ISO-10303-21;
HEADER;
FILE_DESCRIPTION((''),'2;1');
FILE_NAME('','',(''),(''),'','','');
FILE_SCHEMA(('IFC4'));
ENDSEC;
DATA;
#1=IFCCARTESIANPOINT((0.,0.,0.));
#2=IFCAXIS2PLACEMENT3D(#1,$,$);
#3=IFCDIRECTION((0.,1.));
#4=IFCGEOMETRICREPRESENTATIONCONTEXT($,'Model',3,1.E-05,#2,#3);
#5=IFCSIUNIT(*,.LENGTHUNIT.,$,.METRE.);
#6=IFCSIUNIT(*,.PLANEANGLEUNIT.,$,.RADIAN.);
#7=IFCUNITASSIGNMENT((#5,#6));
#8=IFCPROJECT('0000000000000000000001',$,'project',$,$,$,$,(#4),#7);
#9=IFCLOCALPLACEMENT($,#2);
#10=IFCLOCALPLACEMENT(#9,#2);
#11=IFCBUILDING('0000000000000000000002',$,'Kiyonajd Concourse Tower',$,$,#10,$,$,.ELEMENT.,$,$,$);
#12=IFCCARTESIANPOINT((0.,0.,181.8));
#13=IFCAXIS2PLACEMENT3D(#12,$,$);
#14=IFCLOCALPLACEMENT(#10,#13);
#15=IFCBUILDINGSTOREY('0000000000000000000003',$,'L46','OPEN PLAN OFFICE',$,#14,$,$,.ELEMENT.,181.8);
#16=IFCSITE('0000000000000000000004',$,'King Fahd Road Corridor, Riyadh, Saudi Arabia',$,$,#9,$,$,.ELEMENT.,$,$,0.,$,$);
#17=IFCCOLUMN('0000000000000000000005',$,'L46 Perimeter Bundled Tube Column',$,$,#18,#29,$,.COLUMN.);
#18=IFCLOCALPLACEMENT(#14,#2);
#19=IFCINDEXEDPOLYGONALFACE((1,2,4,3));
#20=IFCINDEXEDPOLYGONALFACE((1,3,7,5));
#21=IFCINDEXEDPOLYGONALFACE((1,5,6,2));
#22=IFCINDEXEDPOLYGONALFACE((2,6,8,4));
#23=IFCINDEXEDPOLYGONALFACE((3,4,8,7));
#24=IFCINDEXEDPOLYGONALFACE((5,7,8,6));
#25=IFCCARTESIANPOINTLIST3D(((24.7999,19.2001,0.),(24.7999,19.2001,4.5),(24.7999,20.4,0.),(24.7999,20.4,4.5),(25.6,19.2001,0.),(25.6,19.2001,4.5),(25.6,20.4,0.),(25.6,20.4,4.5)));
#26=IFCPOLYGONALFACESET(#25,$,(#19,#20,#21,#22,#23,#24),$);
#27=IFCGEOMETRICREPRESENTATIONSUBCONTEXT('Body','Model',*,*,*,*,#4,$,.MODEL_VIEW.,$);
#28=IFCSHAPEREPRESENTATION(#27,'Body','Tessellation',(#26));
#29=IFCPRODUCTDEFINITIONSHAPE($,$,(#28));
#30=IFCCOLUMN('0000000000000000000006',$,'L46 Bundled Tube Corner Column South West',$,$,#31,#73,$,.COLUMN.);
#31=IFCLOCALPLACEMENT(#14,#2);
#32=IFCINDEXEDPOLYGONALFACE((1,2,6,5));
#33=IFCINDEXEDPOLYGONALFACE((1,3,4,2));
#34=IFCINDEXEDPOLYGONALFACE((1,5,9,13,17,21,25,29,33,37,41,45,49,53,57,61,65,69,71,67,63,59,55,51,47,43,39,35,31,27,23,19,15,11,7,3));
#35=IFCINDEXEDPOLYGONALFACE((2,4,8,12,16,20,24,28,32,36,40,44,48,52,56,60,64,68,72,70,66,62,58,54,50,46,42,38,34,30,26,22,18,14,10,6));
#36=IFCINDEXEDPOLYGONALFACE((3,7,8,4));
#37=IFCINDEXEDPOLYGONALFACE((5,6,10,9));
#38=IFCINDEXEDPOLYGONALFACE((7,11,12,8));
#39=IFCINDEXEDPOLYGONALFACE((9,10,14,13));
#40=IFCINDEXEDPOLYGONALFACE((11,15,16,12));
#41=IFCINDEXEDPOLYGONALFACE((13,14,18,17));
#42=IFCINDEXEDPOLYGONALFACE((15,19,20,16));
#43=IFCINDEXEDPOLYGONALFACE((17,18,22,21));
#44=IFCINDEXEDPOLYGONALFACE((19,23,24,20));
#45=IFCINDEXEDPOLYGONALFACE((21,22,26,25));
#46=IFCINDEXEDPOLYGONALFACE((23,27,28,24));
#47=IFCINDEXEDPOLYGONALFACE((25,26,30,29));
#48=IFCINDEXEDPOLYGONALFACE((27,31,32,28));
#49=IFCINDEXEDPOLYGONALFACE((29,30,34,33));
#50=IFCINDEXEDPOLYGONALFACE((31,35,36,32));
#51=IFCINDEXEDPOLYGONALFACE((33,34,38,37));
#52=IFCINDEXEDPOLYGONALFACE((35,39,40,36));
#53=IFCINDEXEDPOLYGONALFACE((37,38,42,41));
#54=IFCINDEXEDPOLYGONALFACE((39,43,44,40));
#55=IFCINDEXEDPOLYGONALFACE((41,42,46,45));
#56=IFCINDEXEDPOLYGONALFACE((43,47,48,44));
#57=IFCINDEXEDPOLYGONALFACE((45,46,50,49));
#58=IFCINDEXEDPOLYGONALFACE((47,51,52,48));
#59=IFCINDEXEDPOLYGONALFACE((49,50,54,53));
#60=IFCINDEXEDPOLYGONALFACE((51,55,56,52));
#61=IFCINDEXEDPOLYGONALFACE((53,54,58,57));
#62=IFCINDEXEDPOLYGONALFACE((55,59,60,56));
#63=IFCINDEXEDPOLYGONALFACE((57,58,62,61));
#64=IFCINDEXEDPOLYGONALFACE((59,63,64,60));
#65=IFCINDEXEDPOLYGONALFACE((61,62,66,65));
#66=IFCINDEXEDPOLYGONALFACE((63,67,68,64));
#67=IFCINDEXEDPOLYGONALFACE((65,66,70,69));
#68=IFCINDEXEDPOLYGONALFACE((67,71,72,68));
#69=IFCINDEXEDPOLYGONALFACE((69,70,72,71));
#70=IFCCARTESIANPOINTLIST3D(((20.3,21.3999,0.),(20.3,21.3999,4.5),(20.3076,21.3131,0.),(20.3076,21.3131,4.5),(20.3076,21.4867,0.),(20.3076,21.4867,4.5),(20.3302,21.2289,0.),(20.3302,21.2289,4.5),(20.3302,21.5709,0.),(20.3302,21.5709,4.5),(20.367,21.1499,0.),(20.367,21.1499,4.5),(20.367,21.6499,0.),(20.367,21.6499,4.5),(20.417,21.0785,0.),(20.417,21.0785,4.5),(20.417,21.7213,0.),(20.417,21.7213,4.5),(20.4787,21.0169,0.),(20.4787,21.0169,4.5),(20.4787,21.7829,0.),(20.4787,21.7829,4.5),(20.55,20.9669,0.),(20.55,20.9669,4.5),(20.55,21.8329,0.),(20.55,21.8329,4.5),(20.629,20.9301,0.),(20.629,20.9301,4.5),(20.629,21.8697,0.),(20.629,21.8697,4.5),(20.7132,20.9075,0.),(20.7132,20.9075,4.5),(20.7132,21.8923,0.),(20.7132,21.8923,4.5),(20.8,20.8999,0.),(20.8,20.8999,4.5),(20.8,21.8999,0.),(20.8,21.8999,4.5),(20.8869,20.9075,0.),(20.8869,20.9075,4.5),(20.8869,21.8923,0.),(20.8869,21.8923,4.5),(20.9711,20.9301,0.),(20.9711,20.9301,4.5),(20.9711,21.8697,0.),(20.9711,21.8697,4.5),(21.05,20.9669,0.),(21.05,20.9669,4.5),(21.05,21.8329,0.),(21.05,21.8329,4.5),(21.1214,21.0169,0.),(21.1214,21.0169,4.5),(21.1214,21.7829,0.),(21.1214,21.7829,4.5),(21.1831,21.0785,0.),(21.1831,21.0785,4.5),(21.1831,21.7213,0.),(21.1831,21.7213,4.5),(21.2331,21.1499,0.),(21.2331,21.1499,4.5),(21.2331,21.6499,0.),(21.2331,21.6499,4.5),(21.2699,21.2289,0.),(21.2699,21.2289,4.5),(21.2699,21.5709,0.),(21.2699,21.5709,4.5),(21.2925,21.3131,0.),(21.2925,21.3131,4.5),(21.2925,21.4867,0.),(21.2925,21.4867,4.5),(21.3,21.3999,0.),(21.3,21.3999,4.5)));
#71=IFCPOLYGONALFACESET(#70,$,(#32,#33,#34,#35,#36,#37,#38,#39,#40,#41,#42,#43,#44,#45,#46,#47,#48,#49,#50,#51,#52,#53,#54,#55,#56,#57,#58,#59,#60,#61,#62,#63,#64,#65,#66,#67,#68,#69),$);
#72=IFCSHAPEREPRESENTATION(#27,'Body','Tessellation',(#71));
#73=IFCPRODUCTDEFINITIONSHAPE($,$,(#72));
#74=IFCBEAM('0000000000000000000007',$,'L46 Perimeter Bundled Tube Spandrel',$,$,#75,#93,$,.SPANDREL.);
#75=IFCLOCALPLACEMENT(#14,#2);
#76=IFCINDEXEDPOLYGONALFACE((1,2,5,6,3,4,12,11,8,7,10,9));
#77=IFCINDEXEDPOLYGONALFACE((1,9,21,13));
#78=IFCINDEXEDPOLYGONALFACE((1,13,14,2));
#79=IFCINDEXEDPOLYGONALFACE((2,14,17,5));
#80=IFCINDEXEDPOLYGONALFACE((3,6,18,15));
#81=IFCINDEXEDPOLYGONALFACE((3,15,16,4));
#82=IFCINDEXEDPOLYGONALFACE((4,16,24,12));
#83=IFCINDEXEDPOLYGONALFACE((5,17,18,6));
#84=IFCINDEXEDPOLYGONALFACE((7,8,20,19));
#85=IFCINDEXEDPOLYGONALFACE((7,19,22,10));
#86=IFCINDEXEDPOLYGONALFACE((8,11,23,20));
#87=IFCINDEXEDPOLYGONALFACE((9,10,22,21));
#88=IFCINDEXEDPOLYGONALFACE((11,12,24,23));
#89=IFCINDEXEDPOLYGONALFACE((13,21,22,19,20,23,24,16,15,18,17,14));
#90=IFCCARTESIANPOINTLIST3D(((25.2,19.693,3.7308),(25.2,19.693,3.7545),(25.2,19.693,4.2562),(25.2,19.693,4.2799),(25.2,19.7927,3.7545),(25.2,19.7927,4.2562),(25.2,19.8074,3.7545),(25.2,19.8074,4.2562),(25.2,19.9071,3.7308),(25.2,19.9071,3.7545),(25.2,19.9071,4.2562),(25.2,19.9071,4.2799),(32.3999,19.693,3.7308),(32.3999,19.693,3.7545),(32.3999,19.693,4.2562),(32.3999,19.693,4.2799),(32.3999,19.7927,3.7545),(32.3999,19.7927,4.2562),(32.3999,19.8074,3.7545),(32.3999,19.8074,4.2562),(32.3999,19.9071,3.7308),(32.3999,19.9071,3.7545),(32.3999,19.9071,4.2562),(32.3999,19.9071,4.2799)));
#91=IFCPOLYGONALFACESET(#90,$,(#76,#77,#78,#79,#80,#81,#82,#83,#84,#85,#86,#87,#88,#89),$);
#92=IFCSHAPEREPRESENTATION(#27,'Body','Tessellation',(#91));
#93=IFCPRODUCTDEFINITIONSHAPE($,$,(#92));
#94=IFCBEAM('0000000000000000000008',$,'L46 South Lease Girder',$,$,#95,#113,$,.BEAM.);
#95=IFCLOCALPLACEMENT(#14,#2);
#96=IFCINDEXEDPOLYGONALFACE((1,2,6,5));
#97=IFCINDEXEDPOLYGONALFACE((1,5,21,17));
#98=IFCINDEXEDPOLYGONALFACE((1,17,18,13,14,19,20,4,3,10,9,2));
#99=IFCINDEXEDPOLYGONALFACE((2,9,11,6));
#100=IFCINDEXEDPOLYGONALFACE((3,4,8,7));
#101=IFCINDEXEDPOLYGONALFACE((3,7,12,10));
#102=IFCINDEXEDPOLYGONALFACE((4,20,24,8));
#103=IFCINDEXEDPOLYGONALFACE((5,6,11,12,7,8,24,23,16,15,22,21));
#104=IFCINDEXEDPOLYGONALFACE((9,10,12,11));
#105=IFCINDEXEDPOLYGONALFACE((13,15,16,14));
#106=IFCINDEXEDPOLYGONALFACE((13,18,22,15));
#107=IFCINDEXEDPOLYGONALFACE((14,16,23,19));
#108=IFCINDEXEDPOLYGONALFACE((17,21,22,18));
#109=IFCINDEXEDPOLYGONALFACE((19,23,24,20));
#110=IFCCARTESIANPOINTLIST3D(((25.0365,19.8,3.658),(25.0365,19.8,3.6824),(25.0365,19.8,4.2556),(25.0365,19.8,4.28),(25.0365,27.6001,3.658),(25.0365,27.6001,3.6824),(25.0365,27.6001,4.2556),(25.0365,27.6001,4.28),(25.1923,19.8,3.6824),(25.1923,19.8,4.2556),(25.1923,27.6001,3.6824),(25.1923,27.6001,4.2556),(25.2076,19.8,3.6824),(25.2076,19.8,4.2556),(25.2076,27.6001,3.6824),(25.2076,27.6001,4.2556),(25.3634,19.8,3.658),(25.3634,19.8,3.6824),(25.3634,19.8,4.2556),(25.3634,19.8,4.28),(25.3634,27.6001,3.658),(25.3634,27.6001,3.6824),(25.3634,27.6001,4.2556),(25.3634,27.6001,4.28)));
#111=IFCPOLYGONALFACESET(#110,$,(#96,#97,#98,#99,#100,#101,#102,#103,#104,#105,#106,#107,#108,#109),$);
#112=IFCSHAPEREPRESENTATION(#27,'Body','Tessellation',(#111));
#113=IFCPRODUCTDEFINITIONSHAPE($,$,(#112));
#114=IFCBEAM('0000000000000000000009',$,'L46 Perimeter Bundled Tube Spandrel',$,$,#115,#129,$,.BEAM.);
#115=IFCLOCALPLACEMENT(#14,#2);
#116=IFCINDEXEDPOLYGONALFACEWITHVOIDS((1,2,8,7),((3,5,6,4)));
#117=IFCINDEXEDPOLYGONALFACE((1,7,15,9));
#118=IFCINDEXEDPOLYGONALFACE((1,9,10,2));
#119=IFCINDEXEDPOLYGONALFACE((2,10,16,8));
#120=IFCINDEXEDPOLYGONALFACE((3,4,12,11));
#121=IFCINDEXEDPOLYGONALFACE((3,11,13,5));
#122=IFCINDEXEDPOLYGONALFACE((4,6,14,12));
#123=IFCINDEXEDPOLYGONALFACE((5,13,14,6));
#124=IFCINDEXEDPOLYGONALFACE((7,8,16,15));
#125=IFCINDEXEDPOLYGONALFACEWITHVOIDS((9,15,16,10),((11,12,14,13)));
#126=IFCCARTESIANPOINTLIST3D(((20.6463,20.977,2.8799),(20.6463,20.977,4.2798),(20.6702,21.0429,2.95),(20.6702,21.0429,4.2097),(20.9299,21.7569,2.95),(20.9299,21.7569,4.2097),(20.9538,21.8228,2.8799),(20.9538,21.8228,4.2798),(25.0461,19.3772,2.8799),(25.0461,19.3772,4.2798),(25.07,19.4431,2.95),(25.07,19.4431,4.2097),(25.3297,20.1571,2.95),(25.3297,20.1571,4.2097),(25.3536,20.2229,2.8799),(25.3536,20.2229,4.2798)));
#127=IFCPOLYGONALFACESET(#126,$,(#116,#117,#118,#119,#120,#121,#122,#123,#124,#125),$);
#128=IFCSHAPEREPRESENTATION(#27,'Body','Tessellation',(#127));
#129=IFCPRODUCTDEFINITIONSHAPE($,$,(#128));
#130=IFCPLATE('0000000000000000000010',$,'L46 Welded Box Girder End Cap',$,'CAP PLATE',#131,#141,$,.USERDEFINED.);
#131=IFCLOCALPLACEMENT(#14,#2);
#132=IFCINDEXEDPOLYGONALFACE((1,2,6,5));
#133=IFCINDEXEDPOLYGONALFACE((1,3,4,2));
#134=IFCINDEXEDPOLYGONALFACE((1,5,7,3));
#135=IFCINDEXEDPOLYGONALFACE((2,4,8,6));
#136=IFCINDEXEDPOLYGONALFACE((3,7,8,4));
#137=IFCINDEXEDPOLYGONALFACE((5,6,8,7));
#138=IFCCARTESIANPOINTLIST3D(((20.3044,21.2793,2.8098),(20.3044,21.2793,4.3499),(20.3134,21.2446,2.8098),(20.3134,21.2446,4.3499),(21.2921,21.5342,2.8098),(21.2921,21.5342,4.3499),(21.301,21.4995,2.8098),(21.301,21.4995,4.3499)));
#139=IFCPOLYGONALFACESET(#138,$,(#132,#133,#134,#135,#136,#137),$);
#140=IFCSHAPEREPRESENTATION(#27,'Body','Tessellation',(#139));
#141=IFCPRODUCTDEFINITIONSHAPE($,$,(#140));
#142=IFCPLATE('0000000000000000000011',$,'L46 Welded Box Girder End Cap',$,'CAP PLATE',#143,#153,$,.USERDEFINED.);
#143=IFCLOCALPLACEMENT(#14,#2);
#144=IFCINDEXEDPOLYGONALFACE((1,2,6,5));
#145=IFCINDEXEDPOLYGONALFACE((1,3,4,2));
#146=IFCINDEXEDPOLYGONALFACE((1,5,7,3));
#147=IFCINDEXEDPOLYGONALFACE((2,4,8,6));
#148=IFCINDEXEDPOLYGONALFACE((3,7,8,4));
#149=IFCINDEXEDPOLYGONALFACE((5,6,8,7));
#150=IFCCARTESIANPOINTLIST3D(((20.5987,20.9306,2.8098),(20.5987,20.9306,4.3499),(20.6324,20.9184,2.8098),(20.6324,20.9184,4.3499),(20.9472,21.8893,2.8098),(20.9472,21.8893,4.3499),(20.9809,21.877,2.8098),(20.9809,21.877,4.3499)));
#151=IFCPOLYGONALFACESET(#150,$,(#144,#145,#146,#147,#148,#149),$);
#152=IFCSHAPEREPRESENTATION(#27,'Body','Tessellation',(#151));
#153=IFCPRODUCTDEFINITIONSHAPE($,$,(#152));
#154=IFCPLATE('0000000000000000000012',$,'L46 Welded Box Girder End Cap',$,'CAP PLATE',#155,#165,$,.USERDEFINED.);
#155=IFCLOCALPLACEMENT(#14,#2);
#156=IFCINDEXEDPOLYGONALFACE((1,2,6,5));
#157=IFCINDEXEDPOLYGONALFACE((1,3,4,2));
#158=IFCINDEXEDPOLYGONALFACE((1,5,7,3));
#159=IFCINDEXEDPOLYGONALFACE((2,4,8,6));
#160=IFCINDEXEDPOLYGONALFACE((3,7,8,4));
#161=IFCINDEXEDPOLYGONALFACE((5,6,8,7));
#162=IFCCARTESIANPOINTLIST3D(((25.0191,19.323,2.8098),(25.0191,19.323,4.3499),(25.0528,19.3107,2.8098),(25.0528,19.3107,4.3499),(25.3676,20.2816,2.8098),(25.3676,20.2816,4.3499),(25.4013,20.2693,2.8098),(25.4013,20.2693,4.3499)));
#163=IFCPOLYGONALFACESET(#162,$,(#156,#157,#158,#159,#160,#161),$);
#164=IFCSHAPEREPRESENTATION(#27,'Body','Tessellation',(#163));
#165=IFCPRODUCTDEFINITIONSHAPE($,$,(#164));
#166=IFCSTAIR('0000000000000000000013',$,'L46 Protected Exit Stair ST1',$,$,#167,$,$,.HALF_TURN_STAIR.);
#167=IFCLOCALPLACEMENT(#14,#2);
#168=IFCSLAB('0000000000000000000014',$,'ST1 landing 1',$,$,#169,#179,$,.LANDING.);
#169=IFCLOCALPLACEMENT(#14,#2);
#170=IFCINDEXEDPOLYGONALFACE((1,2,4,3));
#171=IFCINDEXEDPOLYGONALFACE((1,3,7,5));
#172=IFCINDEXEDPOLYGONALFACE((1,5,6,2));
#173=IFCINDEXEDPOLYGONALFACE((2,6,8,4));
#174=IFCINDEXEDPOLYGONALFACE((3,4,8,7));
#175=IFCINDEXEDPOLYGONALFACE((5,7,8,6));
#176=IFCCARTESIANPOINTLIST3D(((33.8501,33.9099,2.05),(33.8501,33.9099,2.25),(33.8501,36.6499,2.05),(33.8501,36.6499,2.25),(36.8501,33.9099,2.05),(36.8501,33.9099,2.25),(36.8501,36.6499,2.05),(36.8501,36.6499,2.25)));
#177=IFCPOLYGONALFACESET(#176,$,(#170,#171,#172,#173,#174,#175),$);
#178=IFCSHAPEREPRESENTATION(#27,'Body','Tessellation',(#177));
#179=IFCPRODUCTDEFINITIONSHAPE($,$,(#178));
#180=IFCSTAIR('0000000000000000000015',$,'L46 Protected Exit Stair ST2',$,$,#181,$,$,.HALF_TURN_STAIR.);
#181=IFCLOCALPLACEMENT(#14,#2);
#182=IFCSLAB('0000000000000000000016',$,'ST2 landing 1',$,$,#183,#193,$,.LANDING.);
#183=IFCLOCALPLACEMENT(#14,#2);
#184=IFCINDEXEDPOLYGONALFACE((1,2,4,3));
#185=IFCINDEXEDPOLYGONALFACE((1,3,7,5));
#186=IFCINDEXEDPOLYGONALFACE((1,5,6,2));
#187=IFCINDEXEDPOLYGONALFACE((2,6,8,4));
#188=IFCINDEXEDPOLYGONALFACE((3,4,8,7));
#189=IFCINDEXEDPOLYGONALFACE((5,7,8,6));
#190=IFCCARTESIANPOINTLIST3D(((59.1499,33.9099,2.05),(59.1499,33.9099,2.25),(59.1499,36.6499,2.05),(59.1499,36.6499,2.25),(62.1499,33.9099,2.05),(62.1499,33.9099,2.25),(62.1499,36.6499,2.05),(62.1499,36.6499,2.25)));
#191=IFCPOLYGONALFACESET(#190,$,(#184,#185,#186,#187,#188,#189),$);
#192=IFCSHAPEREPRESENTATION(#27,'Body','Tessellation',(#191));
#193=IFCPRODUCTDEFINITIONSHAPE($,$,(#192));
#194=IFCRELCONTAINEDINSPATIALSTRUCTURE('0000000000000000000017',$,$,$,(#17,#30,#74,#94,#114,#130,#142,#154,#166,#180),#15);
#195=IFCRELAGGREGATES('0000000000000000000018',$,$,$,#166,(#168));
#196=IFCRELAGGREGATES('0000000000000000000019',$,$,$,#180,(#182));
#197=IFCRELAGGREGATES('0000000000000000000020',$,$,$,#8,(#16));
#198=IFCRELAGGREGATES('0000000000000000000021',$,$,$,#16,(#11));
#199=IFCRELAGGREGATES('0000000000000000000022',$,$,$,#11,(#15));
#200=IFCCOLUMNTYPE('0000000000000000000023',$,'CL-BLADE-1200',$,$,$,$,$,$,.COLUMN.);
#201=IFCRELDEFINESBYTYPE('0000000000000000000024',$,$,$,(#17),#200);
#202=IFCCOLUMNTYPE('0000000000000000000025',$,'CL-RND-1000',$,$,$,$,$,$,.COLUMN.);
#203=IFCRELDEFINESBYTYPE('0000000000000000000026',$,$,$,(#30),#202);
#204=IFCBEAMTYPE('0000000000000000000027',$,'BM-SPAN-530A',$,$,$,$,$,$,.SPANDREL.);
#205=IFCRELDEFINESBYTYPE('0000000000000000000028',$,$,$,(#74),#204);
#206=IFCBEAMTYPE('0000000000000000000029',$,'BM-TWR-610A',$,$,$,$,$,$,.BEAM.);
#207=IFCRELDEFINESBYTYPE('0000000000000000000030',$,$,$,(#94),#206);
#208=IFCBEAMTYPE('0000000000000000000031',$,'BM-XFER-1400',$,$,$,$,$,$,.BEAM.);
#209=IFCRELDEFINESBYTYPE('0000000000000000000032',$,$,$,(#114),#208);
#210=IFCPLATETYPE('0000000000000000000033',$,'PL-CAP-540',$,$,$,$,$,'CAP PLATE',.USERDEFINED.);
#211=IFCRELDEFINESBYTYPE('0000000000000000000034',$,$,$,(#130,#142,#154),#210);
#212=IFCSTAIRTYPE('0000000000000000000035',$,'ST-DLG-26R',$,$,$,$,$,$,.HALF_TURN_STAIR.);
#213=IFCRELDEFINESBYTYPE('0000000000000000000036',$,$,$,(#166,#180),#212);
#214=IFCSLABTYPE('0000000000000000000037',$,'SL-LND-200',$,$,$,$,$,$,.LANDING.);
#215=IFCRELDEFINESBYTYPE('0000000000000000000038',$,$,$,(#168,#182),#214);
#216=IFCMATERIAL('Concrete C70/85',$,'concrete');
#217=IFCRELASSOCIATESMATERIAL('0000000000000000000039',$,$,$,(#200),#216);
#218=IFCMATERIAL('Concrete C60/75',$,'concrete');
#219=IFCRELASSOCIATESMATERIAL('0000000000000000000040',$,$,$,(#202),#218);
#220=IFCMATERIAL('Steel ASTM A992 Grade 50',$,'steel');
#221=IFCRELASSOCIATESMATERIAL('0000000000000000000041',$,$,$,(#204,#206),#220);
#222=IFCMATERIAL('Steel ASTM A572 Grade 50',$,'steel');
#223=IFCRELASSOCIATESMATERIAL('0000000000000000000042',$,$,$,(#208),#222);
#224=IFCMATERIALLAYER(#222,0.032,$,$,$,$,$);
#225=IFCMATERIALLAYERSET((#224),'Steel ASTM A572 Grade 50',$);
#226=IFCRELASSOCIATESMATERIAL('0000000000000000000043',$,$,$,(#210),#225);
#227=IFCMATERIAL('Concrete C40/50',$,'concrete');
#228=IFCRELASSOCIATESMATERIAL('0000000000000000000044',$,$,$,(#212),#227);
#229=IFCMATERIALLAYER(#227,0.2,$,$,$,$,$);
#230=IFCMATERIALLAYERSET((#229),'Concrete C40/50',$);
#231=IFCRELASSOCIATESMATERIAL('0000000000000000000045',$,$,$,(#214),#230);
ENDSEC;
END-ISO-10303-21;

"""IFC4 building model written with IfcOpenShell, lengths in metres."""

from ifc_helpers import new_model, si_unit, direction, frame, origin, origin_2d, place, context, subcontext, project, spatial, polyline, rectangle, hollow_rectangle, circle, i_section, outline, extrude, material, layer, layer_set, material_profile, profile_set, type_object, element, aggregate, save


model = new_model("IFC4")

# Units and contexts
model_context = context("Model", 3, precision=1e-05, world=origin(), true_north=direction((0.0, 1.0)))
body_context = subcontext(model_context, "Body", "Model", "MODEL_VIEW")
ifc_project = project(units=[si_unit("LENGTHUNIT", "METRE"), si_unit("PLANEANGLEUNIT", "RADIAN")], contexts=[model_context])

# Site, building, storey
site_placement = place(None, origin())
site = spatial("IfcSite", under=ifc_project, at=site_placement, Name="King Fahd Road Corridor, Riyadh, Saudi Arabia", CompositionType="ELEMENT", RefElevation=0.0)
building_placement = place(site_placement, origin())
building = spatial("IfcBuilding", under=site, at=building_placement, Name="Kiyonajd Concourse Tower", CompositionType="ELEMENT")
storey_placement = place(building_placement, frame((0.0, 0.0, 181.8)))
storey = spatial("IfcBuildingStorey", under=building, at=storey_placement, Name="L46", Description="OPEN PLAN OFFICE", CompositionType="ELEMENT", Elevation=181.8)

# Columns
ifc_material_1 = material(Name="Concrete C70/85", Category="concrete")
ifc_material_profile_1 = material_profile(ifc_material_1, rectangle(XDim=0.8, YDim=1.2, at=origin_2d()), Name="RC-1200x800")
ifc_profile_set_1 = profile_set([ifc_material_profile_1], Name="Concrete C70/85")
column_type_1 = type_object("IfcColumnType", Name="CL-BLADE-1200", PredefinedType="COLUMN", material=ifc_profile_set_1)
column_1_placement = place(storey_placement, frame((25.2, 19.8, 0.0), z_axis=(0.0, 0.0, 1.0), x_axis=(1.0, 0.0, 0.0)))
element("IfcColumn", 1, at=column_1_placement, inside=storey, type_object=column_type_1, Name="L46 Perimeter Bundled Tube Column", PredefinedType="COLUMN", context=body_context, shape_type="SweptSolid", body=[
    extrude(rectangle(XDim=0.8, YDim=1.2, at=origin_2d()), origin(), (0.0, 0.0, 1.0), 4.5),
])
ifc_material_2 = material(Name="Concrete C60/75", Category="concrete")
ifc_material_profile_2 = material_profile(ifc_material_2, circle(Radius=0.5, at=origin_2d()), Name="RCC-D1000")
ifc_profile_set_2 = profile_set([ifc_material_profile_2], Name="Concrete C60/75")
column_type_2 = type_object("IfcColumnType", Name="CL-RND-1000", PredefinedType="COLUMN", material=ifc_profile_set_2)
column_2_placement = place(storey_placement, frame((20.8, 21.3999, 0.0), z_axis=(0.0, 0.0, 1.0), x_axis=(1.0, 0.0, 0.0)))
element("IfcColumn", 2, at=column_2_placement, inside=storey, type_object=column_type_2, Name="L46 Bundled Tube Corner Column South West", PredefinedType="COLUMN", context=body_context, shape_type="SweptSolid", body=[
    extrude(circle(Radius=0.5, at=origin_2d()), origin(), (0.0, 0.0, 1.0), 4.5),
])

# Beams
ifc_material_3 = material(Name="Steel ASTM A992 Grade 50", Category="steel")
ifc_material_profile_3 = material_profile(ifc_material_3, i_section(OverallWidth=0.2141, OverallDepth=0.5491, WebThickness=0.0146, FlangeThickness=0.0237, at=origin_2d()), Name="W530X138")
ifc_profile_set_3 = profile_set([ifc_material_profile_3], Name="Steel ASTM A992 Grade 50")
beam_type_1 = type_object("IfcBeamType", Name="BM-SPAN-530A", PredefinedType="SPANDREL", material=ifc_profile_set_3)
beam_1_placement = place(storey_placement, frame((25.2, 19.8, 4.0054), z_axis=(1.0, 0.0, 0.0), x_axis=(0.0, 1.0, 0.0)))
element("IfcBeam", 3, at=beam_1_placement, inside=storey, type_object=beam_type_1, Name="L46 Perimeter Bundled Tube Spandrel", PredefinedType="SPANDREL", context=body_context, shape_type="SweptSolid", body=[
    extrude(i_section(OverallWidth=0.2141, OverallDepth=0.5491, WebThickness=0.0146, FlangeThickness=0.0237, at=origin_2d()), origin(), (0.0, 0.0, 1.0), 7.2),
])
ifc_material_profile_4 = material_profile(ifc_material_3, i_section(OverallWidth=0.3269, OverallDepth=0.6221, WebThickness=0.0154, FlangeThickness=0.0244, at=origin_2d()), Name="W610X195")
ifc_profile_set_4 = profile_set([ifc_material_profile_4], Name="Steel ASTM A992 Grade 50")
beam_type_2 = type_object("IfcBeamType", Name="BM-TWR-610A", PredefinedType="BEAM", material=ifc_profile_set_4)
beam_2_placement = place(storey_placement, frame((25.2, 19.8, 3.969), z_axis=(0.0, 1.0, 0.0), x_axis=(-1.0, 0.0, 0.0)))
element("IfcBeam", 4, at=beam_2_placement, inside=storey, type_object=beam_type_2, Name="L46 South Lease Girder", PredefinedType="BEAM", context=body_context, shape_type="SweptSolid", body=[
    extrude(i_section(OverallWidth=0.3269, OverallDepth=0.6221, WebThickness=0.0154, FlangeThickness=0.0244, at=origin_2d()), origin(), (0.0, 0.0, 1.0), 7.8),
])
ifc_material_4 = material(Name="Steel ASTM A572 Grade 50", Category="steel")
ifc_material_profile_5 = material_profile(ifc_material_4, hollow_rectangle(XDim=0.8999, YDim=1.3999, WallThickness=0.0701, at=origin_2d()), Name="BOX-1400x900x70")
ifc_profile_set_5 = profile_set([ifc_material_profile_5], Name="Steel ASTM A572 Grade 50")
beam_type_3 = type_object("IfcBeamType", Name="BM-XFER-1400", PredefinedType="BEAM", material=ifc_profile_set_5)
beam_3_placement = place(storey_placement, frame((20.8, 21.3999, 3.5798), z_axis=(0.939801, -0.341722, 0.0), x_axis=(0.341722, 0.939801, 0.0)))
element("IfcBeam", 5, at=beam_3_placement, inside=storey, type_object=beam_type_3, Name="L46 Perimeter Bundled Tube Spandrel", PredefinedType="BEAM", context=body_context, shape_type="SweptSolid", body=[
    extrude(hollow_rectangle(XDim=0.8999, YDim=1.3999, WallThickness=0.0701, at=origin_2d()), origin(), (0.0, 0.0, 1.0), 4.6816),
])

# Plates
ifc_layer_1 = layer(ifc_material_4, 0.032)
ifc_layer_set_1 = layer_set([ifc_layer_1], Name="Steel ASTM A572 Grade 50")
plate_type = type_object("IfcPlateType", Name="PL-CAP-540", ElementType="CAP PLATE", PredefinedType="USERDEFINED", material=ifc_layer_set_1)
for number, where, z_axis, x_axis, name in (
    (6, (20.8027, 21.3894, 2.8098), (0.0, 0.0, 1.0), (0.249873, -0.968279, 0.0), "L46 Welded Box Girder End Cap"),
    (7, (20.7898, 21.4038, 2.8098), (0.0, 0.0, 1.0), (-0.939812, 0.341692, 0.0), "L46 Welded Box Girder End Cap"),
    (8, (25.2102, 19.7961, 2.8098), (0.0, 0.0, 1.0), (0.939812, -0.341692, 0.0), "L46 Welded Box Girder End Cap"),
):
    element("IfcPlate", number, at=place(storey_placement, frame(where, z_axis=z_axis, x_axis=x_axis)), inside=storey, type_object=plate_type, Name=name, ObjectType="CAP PLATE", PredefinedType="USERDEFINED", context=body_context, shape_type="SweptSolid", body=[
        extrude(rectangle(XDim=0.0359, YDim=1.02, at=origin_2d()), origin(), (0.0, 0.0, 1.0), 1.54),
    ])

# Stairs, slabs
ifc_material_5 = material(Name="Concrete C40/50", Category="concrete")
stair_type = type_object("IfcStairType", Name="ST-DLG-26R", PredefinedType="HALF_TURN_STAIR", material=ifc_material_5)
stair_1_placement = place(storey_placement, origin())
stair_1 = element("IfcStair", 9, at=stair_1_placement, inside=storey, type_object=stair_type, Name="L46 Protected Exit Stair ST1", PredefinedType="HALF_TURN_STAIR")
ifc_layer_2 = layer(ifc_material_5, 0.2)
ifc_layer_set_2 = layer_set([ifc_layer_2], Name="Concrete C40/50")
slab_type_1 = type_object("IfcSlabType", Name="SL-LND-200", PredefinedType="LANDING", material=ifc_layer_set_2)
slab_1_placement = place(storey_placement, frame((0.0, 0.0, 2.05)))
slab_1 = element("IfcSlab", 10, at=slab_1_placement, type_object=slab_type_1, Name="ST1 landing 1", PredefinedType="LANDING", context=body_context, shape_type="SweptSolid", body=[
    extrude(outline(polyline([(36.8501, 33.9099), (36.8501, 36.6499), (33.8501, 36.6499), (33.8501, 33.9099), (36.8501, 33.9099)])), origin(), (0.0, 0.0, 1.0), 0.2),
])
aggregate(stair_1, [slab_1])
stair_2_placement = place(storey_placement, origin())
stair_2 = element("IfcStair", 11, at=stair_2_placement, inside=storey, type_object=stair_type, Name="L46 Protected Exit Stair ST2", PredefinedType="HALF_TURN_STAIR")
slab_2_placement = place(storey_placement, frame((0.0, 0.0, 2.05)))
slab_2 = element("IfcSlab", 12, at=slab_2_placement, type_object=slab_type_1, Name="ST2 landing 1", PredefinedType="LANDING", context=body_context, shape_type="SweptSolid", body=[
    extrude(outline(polyline([(62.1499, 33.9099), (62.1499, 36.6499), (59.1499, 36.6499), (59.1499, 33.9099), (62.1499, 33.9099)])), origin(), (0.0, 0.0, 1.0), 0.2),
])
aggregate(stair_2, [slab_2])

save(model, "model.ifc")
